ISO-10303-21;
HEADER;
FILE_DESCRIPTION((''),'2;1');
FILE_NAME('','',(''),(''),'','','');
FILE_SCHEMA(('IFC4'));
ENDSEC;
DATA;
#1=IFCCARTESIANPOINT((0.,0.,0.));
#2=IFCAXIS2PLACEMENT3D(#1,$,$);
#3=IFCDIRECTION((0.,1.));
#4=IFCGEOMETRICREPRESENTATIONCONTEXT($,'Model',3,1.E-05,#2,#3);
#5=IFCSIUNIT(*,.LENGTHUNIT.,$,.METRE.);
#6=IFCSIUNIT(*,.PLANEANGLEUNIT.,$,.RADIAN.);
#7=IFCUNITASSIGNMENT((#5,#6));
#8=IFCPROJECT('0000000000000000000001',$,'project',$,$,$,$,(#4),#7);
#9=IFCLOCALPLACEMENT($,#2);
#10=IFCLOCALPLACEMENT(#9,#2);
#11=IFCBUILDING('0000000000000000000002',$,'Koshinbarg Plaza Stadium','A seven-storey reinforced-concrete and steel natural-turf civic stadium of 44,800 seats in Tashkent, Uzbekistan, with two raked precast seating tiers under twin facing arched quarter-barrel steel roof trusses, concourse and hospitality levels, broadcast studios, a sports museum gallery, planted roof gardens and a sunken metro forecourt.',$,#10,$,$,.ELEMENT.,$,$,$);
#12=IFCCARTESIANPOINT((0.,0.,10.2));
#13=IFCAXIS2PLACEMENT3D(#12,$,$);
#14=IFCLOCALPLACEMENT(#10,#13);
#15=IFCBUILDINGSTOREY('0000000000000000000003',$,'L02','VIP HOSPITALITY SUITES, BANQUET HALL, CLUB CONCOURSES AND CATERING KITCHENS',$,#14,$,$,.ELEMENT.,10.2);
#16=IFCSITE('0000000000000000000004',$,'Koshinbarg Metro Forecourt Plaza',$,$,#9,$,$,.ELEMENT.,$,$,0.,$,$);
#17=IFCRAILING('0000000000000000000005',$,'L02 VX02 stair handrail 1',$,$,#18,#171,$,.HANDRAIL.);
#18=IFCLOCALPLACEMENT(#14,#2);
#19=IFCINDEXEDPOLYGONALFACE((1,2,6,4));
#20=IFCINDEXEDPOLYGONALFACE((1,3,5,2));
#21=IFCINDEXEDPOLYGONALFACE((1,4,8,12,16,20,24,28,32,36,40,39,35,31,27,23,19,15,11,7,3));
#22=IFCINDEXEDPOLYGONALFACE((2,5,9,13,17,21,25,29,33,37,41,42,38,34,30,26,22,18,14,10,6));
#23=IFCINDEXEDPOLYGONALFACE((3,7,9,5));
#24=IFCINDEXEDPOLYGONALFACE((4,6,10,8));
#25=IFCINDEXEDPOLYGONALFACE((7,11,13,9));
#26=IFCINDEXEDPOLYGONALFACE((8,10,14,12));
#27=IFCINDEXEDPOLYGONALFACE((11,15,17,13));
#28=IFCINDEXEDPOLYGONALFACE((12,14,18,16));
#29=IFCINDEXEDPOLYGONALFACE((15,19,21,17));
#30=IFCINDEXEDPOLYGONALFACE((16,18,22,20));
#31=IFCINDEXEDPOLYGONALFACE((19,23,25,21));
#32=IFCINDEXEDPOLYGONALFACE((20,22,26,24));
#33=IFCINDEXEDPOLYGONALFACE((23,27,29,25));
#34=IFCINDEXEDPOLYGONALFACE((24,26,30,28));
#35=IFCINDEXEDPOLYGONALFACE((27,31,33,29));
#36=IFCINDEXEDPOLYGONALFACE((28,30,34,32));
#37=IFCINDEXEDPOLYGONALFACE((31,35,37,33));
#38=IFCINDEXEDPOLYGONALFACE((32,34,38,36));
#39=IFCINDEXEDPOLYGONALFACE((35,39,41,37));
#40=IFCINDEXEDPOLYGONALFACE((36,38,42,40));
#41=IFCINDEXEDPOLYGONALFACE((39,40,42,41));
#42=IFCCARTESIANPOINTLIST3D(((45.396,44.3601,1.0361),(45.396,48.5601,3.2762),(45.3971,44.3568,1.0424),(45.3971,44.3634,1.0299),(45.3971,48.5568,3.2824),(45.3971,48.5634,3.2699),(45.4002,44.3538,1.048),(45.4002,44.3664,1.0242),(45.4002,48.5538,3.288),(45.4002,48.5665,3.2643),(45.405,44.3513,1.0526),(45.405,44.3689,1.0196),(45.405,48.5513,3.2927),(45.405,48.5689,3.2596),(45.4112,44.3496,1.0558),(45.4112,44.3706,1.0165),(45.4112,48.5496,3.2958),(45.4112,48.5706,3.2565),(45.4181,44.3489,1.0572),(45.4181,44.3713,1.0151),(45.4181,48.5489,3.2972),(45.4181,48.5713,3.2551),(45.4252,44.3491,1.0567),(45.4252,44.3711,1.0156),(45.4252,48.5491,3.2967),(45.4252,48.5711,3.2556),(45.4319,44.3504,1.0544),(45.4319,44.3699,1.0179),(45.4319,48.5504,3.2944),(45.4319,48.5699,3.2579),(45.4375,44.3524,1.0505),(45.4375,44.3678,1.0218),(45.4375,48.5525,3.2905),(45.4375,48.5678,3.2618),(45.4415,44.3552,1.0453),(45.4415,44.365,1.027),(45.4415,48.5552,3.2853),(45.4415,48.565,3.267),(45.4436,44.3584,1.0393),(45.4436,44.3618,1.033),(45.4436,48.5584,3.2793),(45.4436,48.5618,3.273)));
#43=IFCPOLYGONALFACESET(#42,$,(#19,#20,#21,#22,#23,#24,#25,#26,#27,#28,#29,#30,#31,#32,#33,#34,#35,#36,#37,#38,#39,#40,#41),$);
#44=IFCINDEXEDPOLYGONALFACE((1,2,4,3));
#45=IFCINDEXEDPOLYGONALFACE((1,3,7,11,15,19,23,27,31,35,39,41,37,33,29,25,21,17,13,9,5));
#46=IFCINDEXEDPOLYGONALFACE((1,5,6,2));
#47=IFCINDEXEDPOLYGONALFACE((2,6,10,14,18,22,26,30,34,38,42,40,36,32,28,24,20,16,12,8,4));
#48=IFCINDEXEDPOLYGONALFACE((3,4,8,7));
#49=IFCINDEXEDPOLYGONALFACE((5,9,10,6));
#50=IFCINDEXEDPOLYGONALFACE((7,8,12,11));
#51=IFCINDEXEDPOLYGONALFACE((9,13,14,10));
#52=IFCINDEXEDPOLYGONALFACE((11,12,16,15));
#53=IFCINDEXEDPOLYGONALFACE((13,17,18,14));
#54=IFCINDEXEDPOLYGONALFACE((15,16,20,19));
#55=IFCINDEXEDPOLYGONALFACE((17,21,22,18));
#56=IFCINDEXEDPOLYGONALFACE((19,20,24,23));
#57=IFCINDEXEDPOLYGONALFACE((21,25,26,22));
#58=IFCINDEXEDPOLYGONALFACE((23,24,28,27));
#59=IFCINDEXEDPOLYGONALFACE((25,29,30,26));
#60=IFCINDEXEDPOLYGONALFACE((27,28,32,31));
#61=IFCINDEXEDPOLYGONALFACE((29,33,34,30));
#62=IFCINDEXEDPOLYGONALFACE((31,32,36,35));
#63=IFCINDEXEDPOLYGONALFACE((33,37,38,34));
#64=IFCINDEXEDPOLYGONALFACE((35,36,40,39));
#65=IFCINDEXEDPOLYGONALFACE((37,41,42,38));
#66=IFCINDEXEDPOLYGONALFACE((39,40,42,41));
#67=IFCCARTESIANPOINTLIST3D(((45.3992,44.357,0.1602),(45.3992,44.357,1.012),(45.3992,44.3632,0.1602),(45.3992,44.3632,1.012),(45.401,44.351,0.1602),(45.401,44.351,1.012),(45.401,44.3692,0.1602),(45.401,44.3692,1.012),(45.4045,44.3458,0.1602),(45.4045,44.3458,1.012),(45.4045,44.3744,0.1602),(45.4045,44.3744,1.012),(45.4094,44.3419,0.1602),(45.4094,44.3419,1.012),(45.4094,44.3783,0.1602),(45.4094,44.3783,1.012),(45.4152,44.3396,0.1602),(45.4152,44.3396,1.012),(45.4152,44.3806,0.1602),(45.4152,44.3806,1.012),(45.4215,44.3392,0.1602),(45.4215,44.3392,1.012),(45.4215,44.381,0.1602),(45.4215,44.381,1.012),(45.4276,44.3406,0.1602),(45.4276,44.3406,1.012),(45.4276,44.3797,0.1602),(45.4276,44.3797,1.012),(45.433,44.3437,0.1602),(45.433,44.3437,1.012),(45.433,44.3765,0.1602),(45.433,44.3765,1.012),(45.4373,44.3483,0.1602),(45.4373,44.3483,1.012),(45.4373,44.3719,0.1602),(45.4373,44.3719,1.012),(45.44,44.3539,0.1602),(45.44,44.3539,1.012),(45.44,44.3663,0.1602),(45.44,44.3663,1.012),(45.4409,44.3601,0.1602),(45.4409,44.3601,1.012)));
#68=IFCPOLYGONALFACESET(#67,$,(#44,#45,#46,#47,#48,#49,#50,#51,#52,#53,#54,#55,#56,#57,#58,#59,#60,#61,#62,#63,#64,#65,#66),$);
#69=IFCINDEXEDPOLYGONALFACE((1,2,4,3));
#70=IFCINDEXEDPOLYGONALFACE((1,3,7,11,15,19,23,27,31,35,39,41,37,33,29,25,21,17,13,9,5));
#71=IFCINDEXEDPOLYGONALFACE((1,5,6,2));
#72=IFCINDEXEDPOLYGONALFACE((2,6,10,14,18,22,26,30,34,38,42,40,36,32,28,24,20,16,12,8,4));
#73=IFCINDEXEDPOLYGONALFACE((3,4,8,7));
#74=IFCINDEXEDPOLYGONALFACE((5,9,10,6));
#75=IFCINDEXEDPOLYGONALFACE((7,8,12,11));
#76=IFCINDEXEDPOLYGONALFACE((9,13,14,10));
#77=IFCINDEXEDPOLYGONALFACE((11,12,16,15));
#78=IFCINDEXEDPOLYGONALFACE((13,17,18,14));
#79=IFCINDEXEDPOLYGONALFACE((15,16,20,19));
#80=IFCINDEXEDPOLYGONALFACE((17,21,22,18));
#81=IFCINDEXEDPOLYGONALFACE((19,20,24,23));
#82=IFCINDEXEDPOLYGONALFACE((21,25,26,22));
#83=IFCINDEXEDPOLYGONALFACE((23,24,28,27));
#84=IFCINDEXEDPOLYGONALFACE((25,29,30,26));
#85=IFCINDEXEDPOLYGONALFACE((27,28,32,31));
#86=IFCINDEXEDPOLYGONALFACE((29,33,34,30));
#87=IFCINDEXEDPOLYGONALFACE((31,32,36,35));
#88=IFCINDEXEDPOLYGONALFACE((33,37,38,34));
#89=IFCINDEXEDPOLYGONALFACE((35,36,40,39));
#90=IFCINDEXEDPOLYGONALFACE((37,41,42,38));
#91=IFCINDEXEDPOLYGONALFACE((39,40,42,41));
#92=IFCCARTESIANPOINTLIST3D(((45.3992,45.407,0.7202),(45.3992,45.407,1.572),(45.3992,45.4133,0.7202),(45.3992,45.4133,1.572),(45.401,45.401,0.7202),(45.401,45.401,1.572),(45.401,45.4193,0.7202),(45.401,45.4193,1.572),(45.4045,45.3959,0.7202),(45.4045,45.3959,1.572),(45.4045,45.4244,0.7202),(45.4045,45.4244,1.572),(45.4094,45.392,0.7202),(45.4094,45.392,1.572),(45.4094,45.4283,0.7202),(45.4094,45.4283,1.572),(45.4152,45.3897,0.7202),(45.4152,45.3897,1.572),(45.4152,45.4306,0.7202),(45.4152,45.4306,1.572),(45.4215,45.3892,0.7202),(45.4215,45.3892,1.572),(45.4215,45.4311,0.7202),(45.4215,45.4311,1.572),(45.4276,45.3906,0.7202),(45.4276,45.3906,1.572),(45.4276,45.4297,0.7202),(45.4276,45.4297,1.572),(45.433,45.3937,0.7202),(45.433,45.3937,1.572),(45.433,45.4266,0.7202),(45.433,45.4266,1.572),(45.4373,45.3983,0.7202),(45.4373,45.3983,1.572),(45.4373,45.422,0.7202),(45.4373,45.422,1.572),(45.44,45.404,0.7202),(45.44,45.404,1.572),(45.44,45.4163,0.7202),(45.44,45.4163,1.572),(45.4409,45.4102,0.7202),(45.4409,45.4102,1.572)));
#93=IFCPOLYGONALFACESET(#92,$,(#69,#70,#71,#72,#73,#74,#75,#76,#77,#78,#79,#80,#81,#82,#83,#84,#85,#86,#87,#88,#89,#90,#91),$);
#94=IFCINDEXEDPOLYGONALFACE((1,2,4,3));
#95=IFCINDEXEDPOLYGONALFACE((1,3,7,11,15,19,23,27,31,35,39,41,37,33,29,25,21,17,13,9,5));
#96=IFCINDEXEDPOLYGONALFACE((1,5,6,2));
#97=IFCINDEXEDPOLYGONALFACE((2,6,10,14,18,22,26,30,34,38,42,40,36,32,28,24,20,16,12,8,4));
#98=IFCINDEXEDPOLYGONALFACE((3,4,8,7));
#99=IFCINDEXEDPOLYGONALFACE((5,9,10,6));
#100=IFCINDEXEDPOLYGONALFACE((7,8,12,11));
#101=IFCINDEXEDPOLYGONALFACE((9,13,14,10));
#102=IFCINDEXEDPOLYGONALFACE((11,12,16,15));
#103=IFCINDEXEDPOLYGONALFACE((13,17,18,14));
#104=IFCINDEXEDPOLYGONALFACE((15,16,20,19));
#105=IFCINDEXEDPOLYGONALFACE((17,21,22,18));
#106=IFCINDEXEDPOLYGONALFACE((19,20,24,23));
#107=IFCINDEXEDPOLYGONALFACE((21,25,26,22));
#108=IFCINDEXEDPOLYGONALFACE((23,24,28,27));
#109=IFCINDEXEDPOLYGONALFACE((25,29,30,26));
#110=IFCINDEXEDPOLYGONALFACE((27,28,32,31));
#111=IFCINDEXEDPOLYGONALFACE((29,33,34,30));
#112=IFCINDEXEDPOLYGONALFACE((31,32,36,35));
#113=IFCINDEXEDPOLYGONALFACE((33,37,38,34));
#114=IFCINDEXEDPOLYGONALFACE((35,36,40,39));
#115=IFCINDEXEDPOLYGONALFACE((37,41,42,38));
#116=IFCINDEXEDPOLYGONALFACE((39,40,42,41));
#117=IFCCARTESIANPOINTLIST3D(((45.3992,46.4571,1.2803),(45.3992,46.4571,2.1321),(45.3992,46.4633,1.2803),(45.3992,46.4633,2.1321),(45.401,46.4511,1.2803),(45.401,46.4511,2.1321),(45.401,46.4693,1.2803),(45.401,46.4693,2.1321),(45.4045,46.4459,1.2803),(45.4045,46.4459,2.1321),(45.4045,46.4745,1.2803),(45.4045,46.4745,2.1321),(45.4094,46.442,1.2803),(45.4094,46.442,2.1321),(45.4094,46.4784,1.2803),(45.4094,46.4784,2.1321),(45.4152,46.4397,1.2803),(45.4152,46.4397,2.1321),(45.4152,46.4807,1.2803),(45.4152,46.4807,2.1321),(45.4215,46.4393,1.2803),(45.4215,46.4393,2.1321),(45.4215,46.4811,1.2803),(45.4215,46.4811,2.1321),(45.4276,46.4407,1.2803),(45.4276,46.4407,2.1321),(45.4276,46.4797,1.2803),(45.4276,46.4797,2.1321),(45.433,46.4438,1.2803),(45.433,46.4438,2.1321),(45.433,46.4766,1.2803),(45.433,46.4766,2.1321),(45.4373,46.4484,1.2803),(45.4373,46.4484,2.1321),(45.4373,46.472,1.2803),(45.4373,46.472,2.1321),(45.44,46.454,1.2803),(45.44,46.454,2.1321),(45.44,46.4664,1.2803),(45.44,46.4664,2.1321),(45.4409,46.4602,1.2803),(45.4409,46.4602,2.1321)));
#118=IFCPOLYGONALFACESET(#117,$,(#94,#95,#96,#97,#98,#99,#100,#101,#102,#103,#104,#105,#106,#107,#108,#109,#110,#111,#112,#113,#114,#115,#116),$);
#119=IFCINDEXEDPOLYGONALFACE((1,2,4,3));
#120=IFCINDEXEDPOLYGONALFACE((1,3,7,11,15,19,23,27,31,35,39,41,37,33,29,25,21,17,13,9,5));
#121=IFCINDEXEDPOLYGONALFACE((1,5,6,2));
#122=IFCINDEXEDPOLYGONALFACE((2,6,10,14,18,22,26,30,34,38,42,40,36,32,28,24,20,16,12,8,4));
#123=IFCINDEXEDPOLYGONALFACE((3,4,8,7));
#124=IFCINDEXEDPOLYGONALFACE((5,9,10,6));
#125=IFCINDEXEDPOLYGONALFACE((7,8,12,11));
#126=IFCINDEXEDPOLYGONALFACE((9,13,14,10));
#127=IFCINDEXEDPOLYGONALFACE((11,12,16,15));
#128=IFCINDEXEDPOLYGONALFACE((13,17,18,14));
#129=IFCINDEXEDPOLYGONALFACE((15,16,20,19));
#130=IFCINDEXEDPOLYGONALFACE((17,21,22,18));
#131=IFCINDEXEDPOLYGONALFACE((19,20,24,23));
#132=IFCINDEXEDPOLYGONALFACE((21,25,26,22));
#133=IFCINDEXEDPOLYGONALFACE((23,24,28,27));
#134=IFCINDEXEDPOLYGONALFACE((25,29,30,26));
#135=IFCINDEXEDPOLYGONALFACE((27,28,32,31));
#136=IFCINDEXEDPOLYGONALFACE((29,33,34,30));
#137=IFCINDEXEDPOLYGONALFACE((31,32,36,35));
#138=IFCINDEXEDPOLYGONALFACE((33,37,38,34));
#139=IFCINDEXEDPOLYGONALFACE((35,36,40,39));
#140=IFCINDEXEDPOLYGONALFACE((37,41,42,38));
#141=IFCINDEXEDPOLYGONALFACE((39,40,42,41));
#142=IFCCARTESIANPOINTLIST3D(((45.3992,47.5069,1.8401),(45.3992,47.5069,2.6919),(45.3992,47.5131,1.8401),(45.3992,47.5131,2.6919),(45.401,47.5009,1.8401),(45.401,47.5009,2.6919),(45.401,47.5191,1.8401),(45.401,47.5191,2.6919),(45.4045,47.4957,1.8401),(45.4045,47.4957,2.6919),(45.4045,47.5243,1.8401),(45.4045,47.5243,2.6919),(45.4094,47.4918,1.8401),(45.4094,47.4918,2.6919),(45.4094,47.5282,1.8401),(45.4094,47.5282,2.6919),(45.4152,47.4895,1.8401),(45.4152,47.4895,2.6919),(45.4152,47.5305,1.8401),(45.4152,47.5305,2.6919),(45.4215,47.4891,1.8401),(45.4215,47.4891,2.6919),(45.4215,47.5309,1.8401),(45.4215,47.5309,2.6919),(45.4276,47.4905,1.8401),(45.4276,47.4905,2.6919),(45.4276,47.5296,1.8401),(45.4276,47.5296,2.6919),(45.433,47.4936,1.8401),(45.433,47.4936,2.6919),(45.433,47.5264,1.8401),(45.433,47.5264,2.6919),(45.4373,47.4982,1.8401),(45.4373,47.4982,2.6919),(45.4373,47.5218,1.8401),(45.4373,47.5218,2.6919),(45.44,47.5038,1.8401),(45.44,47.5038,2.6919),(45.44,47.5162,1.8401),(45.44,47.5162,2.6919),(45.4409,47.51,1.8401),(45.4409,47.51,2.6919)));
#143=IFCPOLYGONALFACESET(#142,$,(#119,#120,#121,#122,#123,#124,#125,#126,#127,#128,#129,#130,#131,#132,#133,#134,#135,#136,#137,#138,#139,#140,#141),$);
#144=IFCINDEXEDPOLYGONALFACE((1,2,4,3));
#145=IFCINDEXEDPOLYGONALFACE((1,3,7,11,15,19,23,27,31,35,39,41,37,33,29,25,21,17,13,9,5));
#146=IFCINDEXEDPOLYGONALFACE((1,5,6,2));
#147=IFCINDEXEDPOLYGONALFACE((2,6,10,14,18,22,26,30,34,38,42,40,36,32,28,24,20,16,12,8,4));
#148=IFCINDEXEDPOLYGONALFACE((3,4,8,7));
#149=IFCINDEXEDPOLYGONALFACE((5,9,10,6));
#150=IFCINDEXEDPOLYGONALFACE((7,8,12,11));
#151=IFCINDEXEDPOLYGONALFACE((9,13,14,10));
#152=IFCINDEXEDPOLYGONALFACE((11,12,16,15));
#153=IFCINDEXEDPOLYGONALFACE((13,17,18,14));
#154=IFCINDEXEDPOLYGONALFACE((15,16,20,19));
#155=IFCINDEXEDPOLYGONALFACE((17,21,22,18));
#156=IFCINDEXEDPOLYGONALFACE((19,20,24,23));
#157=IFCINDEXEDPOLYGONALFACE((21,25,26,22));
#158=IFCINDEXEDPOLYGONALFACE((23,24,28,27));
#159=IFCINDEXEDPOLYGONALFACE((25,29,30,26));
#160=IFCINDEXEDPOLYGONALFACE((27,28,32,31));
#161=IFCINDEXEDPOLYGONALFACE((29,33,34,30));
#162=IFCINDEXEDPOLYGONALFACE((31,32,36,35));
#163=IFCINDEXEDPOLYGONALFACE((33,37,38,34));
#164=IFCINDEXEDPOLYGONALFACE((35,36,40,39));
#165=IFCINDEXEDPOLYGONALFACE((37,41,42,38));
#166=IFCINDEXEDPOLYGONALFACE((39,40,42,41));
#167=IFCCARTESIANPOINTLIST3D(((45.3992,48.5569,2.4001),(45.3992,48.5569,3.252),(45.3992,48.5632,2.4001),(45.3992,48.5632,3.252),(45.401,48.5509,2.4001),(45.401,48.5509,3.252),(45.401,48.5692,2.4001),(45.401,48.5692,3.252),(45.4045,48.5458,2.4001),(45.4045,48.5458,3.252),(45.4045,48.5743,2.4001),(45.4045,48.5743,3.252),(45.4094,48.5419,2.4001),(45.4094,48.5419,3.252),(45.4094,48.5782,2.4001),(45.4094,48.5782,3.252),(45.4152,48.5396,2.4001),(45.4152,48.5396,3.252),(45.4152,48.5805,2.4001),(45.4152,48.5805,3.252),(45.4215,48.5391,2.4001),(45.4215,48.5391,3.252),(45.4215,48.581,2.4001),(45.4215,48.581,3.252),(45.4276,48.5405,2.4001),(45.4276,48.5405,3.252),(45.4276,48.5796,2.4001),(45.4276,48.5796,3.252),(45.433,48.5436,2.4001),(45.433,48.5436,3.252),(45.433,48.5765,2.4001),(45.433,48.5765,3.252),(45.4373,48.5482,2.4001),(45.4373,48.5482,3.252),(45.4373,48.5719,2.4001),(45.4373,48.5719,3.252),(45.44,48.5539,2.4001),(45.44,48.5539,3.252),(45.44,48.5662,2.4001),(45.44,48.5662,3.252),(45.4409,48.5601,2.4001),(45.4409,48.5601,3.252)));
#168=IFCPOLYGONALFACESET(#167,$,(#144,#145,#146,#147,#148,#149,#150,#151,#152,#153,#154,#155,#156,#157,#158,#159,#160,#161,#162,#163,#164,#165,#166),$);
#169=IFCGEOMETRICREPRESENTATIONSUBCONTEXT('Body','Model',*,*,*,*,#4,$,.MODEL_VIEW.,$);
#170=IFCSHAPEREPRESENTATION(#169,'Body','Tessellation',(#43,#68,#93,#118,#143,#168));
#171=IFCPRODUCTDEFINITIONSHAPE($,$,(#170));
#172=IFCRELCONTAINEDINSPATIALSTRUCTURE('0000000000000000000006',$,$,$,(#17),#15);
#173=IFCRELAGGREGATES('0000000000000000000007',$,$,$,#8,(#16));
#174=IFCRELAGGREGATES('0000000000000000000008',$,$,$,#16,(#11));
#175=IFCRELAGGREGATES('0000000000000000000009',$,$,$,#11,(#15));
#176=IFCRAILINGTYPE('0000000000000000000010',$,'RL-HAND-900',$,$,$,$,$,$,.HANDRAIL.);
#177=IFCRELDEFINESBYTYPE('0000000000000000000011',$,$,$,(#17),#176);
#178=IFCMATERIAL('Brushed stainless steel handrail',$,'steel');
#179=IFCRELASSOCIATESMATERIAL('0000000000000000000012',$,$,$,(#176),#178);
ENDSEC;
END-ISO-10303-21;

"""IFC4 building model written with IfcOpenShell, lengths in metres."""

from ifc_helpers import new_model, si_unit, direction, frame, origin, origin_2d, place, context, subcontext, project, spatial, circle, extrude, material, type_object, element, save


model = new_model("IFC4")

# Units and contexts
model_context = context("Model", 3, precision=1e-05, world=origin(), true_north=direction((0.0, 1.0)))
body_context = subcontext(model_context, "Body", "Model", "MODEL_VIEW")
ifc_project = project(units=[si_unit("LENGTHUNIT", "METRE"), si_unit("PLANEANGLEUNIT", "RADIAN")], contexts=[model_context])

# Site, building, storey
site_placement = place(None, origin())
site = spatial("IfcSite", under=ifc_project, at=site_placement, Name="Koshinbarg Metro Forecourt Plaza", CompositionType="ELEMENT", RefElevation=0.0)
building_placement = place(site_placement, origin())
building = spatial("IfcBuilding", under=site, at=building_placement, Name="Koshinbarg Plaza Stadium", Description="A seven-storey reinforced-concrete and steel natural-turf civic stadium of 44,800 seats in Tashkent, Uzbekistan, with two raked precast seating tiers under twin facing arched quarter-barrel steel roof trusses, concourse and hospitality levels, broadcast studios, a sports museum gallery, planted roof gardens and a sunken metro forecourt.", CompositionType="ELEMENT")
storey_placement = place(building_placement, frame((0.0, 0.0, 10.2)))
storey = spatial("IfcBuildingStorey", under=building, at=storey_placement, Name="L02", Description="VIP HOSPITALITY SUITES, BANQUET HALL, CLUB CONCOURSES AND CATERING KITCHENS", CompositionType="ELEMENT", Elevation=10.2)

# Railing
ifc_material_1 = material(Name="Brushed stainless steel handrail", Category="steel")
railing_type_1 = type_object("IfcRailingType", Name="RL-HAND-900", PredefinedType="HANDRAIL", material=ifc_material_1)
for number, where, name in (
    (1, (45.4199, 44.3601, 0.1602), "L02 VX02 stair handrail 1"),
):
    element("IfcRailing", number, at=place(storey_placement, frame(where)), inside=storey, type_object=railing_type_1, Name=name, PredefinedType="HANDRAIL", context=body_context, shape_type="SweptSolid", body=[
        extrude(circle(Radius=0.0239, at=origin_2d()), frame((0.0, 0.0, 0.876), z_axis=(0.0, 0.882352, 0.470591), x_axis=(-1.0, 0.0, 0.0)), (0.0, 0.0, 1.0), 4.76),
        extrude(circle(Radius=0.021, at=origin_2d()), origin(), (0.0, 0.0, 1.0), 0.8518),
        extrude(circle(Radius=0.021, at=origin_2d()), frame((0.0, 1.05, 0.5601)), (0.0, 0.0, 1.0), 0.8518),
        extrude(circle(Radius=0.021, at=origin_2d()), frame((0.0, 2.1001, 1.1201)), (0.0, 0.0, 1.0), 0.8518),
        extrude(circle(Radius=0.021, at=origin_2d()), frame((0.0, 3.1499, 1.6799)), (0.0, 0.0, 1.0), 0.8518),
        extrude(circle(Radius=0.021, at=origin_2d()), frame((0.0, 4.2, 2.24)), (0.0, 0.0, 1.0), 0.8518),
    ])

save(model, "model.ifc")
